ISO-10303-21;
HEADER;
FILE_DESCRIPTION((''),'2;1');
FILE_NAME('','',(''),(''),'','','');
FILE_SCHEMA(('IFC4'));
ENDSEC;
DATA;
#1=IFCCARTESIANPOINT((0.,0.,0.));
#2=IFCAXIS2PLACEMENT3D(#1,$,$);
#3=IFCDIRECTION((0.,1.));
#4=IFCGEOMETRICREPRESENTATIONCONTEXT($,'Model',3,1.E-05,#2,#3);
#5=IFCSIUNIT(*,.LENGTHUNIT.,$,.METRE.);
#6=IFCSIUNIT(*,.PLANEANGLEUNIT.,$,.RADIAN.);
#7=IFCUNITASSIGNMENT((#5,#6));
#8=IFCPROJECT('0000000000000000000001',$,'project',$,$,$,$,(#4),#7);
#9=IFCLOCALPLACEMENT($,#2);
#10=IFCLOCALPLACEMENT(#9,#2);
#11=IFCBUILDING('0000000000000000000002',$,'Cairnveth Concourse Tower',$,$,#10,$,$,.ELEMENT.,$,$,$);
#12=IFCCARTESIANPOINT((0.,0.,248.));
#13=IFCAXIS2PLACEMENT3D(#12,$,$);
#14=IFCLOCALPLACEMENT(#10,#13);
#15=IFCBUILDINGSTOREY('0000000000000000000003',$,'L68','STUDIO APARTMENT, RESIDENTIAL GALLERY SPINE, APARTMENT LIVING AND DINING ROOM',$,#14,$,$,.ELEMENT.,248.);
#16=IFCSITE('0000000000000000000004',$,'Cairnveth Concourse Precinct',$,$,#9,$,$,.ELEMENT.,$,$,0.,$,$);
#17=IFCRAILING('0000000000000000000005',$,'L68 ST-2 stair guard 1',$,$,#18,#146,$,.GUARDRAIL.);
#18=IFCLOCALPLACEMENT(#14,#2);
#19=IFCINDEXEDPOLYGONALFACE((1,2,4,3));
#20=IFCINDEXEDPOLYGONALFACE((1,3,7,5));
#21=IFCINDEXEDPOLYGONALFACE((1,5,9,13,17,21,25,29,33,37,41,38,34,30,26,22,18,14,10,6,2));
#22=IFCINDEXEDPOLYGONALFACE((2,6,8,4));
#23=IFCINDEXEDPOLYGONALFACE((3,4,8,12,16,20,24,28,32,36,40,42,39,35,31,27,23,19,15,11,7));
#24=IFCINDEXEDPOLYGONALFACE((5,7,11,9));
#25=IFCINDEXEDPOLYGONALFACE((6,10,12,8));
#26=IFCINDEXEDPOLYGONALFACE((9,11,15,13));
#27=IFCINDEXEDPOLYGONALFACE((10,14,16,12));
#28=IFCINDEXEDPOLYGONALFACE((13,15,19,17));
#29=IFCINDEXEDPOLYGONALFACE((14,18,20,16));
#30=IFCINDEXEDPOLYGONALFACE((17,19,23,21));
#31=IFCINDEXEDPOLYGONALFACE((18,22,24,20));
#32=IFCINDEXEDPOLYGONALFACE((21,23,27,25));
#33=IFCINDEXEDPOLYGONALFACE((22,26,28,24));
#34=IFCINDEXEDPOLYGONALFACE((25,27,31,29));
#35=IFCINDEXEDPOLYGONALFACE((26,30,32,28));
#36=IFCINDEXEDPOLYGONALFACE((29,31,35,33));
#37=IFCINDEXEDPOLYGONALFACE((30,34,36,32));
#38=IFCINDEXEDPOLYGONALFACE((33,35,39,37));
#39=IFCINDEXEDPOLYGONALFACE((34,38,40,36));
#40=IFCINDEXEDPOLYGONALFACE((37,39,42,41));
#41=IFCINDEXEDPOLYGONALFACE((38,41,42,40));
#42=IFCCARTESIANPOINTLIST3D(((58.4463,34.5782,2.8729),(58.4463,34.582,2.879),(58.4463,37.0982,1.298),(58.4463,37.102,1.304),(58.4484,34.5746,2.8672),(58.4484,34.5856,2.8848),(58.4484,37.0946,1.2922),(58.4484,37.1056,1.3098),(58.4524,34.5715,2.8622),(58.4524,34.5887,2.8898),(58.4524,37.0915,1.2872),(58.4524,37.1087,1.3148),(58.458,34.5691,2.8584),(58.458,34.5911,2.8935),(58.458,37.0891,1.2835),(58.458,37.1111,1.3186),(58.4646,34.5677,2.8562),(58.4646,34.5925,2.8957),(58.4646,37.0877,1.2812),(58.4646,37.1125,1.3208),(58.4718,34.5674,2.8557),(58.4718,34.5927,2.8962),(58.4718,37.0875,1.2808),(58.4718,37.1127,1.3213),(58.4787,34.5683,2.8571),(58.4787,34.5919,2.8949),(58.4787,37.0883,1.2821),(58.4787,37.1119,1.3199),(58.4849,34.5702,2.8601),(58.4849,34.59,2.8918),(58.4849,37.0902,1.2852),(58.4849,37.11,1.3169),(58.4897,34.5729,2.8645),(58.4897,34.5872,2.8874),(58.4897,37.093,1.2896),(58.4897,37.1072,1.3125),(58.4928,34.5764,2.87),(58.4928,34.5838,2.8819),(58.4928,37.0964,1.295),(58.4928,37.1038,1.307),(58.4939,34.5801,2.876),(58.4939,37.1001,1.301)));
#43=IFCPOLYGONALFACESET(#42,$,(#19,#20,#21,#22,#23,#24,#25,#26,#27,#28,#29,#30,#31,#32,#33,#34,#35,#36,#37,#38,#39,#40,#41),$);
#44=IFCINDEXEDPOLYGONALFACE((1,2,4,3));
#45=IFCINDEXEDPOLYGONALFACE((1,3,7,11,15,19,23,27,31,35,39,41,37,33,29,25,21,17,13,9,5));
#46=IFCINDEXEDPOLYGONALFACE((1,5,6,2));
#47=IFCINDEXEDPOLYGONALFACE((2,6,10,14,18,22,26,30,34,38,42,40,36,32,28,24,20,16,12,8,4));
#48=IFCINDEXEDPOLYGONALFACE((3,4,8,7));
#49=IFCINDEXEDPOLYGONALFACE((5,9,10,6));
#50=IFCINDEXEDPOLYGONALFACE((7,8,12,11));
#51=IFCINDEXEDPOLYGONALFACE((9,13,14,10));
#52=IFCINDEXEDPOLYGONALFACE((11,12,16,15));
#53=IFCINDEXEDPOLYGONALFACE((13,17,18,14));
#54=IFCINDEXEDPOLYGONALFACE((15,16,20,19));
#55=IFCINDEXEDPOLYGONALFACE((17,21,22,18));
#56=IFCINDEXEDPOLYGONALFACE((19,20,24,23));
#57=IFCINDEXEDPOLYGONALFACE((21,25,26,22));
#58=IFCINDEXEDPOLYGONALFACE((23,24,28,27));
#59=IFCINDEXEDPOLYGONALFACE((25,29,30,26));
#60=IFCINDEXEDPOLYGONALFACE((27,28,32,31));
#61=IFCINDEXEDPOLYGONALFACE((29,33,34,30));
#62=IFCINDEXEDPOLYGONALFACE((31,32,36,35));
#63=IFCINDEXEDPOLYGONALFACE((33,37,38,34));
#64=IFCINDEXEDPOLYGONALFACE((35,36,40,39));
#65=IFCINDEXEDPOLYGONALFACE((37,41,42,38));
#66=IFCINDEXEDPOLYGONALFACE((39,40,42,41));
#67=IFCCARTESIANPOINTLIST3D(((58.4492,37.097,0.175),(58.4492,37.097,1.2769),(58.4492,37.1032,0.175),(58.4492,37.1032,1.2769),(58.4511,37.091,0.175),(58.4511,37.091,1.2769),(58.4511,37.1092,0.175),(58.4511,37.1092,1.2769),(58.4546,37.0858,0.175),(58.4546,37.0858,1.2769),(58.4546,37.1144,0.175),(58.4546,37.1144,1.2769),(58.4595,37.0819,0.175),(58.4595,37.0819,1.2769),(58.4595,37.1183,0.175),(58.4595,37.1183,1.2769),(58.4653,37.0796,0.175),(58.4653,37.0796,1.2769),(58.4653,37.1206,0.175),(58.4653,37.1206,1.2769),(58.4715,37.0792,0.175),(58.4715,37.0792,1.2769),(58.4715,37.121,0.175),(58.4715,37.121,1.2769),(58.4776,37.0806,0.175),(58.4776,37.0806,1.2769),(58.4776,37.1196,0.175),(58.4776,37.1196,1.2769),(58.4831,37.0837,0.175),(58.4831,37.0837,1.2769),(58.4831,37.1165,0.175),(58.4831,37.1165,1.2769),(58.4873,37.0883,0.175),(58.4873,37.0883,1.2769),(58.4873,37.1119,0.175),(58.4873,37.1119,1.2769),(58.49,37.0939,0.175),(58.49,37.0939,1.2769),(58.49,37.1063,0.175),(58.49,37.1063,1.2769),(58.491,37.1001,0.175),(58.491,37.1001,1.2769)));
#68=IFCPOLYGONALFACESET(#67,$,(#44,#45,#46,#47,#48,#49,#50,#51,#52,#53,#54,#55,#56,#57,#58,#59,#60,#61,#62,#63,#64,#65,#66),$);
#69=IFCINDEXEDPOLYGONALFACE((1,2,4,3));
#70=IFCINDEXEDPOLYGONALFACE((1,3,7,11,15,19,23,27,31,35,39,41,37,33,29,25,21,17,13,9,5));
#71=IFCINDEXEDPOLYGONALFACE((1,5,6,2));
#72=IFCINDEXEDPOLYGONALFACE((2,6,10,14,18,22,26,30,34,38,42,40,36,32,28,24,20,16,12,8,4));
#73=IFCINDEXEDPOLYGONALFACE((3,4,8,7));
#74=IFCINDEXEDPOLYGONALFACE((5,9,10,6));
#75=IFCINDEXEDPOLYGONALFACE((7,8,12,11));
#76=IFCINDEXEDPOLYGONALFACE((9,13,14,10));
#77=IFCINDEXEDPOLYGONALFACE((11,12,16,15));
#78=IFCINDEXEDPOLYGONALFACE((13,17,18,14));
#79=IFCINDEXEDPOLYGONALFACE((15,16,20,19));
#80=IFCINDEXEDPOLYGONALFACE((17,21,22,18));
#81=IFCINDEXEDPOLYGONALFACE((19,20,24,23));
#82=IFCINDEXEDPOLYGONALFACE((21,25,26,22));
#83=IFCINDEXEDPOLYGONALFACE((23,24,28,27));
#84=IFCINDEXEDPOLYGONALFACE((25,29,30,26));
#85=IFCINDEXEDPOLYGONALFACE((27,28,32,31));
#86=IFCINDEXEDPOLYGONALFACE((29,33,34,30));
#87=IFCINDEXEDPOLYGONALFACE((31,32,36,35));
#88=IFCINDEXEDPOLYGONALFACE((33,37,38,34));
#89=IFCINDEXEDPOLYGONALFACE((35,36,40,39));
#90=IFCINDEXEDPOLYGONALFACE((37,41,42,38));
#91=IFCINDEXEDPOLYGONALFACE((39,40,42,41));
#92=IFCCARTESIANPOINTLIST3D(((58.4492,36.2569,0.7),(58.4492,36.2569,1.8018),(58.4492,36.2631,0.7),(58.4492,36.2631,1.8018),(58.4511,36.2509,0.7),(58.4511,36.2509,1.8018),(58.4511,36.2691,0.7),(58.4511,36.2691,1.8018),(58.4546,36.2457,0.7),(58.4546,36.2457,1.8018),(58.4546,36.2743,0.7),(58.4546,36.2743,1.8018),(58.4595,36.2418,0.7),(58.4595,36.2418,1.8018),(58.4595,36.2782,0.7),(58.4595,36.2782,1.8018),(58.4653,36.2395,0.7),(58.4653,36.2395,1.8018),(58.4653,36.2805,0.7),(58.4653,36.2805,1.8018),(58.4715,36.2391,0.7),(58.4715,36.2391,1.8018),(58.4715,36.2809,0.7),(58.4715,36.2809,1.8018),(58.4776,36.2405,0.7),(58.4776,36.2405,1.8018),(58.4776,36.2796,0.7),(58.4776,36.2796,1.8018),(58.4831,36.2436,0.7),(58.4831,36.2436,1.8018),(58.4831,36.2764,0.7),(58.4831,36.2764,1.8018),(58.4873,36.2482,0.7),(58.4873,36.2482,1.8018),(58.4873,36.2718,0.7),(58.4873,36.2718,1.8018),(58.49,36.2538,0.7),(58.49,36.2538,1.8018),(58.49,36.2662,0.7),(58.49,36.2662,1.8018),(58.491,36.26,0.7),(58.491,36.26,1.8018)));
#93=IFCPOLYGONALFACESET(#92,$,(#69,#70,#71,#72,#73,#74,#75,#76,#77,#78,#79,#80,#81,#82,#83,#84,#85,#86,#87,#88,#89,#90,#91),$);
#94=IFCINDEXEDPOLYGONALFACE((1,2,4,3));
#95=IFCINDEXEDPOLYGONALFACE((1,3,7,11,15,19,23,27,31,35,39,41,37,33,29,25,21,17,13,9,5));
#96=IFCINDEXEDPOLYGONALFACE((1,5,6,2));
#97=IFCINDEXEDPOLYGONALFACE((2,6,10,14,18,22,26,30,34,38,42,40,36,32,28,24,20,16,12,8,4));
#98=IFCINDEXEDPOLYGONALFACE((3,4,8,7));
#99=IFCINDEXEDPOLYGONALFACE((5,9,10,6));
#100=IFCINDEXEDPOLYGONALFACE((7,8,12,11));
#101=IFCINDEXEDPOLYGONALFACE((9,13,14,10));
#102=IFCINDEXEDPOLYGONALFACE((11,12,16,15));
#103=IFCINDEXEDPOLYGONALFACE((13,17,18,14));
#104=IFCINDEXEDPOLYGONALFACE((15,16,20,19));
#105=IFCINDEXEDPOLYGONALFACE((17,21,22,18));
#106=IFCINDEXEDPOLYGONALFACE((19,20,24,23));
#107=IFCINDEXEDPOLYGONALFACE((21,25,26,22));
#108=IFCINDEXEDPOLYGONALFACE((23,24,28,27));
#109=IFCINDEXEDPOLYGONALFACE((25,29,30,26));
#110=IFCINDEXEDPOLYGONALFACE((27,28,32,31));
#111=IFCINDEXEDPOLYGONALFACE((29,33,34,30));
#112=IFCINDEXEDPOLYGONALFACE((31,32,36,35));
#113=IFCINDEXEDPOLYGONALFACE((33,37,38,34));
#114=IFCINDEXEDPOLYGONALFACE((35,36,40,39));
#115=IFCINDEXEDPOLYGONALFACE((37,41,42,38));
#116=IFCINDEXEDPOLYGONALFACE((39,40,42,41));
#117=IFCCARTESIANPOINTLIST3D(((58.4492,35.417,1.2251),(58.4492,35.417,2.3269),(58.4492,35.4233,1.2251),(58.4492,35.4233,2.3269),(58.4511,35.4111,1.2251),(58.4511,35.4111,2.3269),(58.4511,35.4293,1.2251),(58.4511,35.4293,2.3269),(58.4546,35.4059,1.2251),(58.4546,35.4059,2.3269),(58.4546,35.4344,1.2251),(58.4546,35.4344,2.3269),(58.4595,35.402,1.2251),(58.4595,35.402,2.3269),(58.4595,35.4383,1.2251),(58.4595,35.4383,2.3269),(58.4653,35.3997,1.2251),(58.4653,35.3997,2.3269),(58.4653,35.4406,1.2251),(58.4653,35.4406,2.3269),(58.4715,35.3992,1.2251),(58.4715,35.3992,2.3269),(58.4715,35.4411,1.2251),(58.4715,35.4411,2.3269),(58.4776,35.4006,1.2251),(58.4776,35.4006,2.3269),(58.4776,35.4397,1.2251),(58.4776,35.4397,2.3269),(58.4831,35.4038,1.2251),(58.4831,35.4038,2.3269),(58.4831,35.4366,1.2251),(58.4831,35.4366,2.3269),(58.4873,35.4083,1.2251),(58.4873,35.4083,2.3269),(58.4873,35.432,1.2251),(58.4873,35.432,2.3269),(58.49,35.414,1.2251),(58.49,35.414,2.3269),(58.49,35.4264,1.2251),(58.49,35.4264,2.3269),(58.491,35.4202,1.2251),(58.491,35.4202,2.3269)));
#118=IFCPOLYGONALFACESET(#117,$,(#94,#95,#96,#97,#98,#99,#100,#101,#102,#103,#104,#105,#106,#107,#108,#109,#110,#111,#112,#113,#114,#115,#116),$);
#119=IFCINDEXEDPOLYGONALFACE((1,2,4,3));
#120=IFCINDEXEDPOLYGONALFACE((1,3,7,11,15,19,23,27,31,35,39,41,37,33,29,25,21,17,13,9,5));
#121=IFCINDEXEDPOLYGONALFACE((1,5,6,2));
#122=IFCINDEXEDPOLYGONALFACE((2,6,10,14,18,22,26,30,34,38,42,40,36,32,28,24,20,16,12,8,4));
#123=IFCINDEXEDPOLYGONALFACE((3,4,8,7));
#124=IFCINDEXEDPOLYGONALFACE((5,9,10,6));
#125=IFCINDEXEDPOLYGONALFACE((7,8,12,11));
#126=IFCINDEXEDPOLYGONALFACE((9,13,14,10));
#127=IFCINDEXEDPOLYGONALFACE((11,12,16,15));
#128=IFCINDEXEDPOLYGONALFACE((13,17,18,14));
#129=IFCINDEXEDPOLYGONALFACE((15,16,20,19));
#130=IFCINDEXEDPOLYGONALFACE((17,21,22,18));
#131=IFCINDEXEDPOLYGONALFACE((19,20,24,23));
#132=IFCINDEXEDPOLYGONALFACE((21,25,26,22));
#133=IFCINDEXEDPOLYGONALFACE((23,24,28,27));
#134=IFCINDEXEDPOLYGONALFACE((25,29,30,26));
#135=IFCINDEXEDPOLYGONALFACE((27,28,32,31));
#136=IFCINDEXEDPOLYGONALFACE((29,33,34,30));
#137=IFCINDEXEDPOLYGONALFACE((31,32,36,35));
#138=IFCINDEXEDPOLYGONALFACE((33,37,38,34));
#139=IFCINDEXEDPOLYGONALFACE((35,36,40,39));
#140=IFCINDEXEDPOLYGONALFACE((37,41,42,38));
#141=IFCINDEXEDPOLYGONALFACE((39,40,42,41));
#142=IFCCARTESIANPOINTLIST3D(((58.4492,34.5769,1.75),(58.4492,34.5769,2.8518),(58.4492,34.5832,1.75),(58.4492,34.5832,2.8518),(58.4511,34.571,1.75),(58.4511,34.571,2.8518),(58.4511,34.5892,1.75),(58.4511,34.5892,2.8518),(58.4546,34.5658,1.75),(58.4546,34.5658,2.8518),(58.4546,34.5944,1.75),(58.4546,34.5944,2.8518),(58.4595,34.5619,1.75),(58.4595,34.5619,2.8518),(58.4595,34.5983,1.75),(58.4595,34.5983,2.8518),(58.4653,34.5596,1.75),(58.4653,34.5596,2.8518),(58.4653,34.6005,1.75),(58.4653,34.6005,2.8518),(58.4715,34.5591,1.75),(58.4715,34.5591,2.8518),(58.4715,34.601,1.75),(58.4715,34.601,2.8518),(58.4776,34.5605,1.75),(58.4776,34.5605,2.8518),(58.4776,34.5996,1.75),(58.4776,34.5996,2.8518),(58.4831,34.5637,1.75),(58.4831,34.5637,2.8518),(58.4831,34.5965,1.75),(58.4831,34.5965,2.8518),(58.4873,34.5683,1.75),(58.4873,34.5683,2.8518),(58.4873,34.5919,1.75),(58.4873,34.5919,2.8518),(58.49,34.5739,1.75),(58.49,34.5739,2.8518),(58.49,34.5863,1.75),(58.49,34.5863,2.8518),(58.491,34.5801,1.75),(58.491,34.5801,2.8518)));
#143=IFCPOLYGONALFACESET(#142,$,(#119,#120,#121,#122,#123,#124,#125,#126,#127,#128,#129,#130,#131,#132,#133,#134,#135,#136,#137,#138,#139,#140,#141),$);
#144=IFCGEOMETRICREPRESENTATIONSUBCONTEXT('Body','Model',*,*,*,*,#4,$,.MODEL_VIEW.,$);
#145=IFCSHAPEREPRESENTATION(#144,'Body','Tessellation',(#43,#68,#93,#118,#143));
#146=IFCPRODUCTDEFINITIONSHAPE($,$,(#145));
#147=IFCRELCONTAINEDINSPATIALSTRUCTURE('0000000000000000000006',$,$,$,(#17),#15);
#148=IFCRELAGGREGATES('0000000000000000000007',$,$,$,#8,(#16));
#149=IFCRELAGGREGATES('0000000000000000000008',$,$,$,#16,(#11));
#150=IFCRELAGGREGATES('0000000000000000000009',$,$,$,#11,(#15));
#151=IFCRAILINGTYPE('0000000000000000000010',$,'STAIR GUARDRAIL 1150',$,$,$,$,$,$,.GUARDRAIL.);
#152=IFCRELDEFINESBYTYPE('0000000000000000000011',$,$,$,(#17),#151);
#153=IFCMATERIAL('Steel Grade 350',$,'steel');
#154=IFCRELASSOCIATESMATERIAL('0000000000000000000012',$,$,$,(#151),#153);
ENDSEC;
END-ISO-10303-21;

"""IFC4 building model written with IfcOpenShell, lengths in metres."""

from ifc_helpers import new_model, si_unit, direction, frame, origin, origin_2d, place, context, subcontext, project, spatial, circle, extrude, material, type_object, element, save


model = new_model("IFC4")

# Units and contexts
model_context = context("Model", 3, precision=1e-05, world=origin(), true_north=direction((0.0, 1.0)))
body_context = subcontext(model_context, "Body", "Model", "MODEL_VIEW")
ifc_project = project(units=[si_unit("LENGTHUNIT", "METRE"), si_unit("PLANEANGLEUNIT", "RADIAN")], contexts=[model_context])

# Site, building, storey
site_placement = place(None, origin())
site = spatial("IfcSite", under=ifc_project, at=site_placement, Name="Cairnveth Concourse Precinct", CompositionType="ELEMENT", RefElevation=0.0)
building_placement = place(site_placement, origin())
building = spatial("IfcBuilding", under=site, at=building_placement, Name="Cairnveth Concourse Tower", CompositionType="ELEMENT")
storey_placement = place(building_placement, frame((0.0, 0.0, 248.0)))
storey = spatial("IfcBuildingStorey", under=building, at=storey_placement, Name="L68", Description="STUDIO APARTMENT, RESIDENTIAL GALLERY SPINE, APARTMENT LIVING AND DINING ROOM", CompositionType="ELEMENT", Elevation=248.0)

# Shared definitions
ifc_material_1 = material(Name="Steel Grade 350", Category="steel")

# Railing
railing_type_1 = type_object("IfcRailingType", Name="STAIR GUARDRAIL 1150", PredefinedType="GUARDRAIL", material=ifc_material_1)
railing_1_placement = place(storey_placement, frame((58.47, 37.1001, 0.175)))
element("IfcRailing", 1, at=railing_1_placement, inside=storey, type_object=railing_type_1, Name="L68 ST-2 stair guard 1", PredefinedType="GUARDRAIL", context=body_context, shape_type="SweptSolid", body=[
    extrude(circle(Radius=0.0239, at=origin_2d()), frame((0.0, 0.0, 1.126), z_axis=(0.0, -0.848008, 0.529984), x_axis=(1.0, 0.0, 0.0)), (0.0, 0.0, 1.0), 2.9717),
    extrude(circle(Radius=0.021, at=origin_2d()), origin(), (0.0, 0.0, 1.0), 1.1018),
    extrude(circle(Radius=0.021, at=origin_2d()), frame((0.0, -0.8401, 0.5249)), (0.0, 0.0, 1.0), 1.1018),
    extrude(circle(Radius=0.021, at=origin_2d()), frame((0.0, -1.6799, 1.05)), (0.0, 0.0, 1.0), 1.1018),
    extrude(circle(Radius=0.021, at=origin_2d()), frame((0.0, -2.52, 1.575)), (0.0, 0.0, 1.0), 1.1018),
])

save(model, "model.ifc")
